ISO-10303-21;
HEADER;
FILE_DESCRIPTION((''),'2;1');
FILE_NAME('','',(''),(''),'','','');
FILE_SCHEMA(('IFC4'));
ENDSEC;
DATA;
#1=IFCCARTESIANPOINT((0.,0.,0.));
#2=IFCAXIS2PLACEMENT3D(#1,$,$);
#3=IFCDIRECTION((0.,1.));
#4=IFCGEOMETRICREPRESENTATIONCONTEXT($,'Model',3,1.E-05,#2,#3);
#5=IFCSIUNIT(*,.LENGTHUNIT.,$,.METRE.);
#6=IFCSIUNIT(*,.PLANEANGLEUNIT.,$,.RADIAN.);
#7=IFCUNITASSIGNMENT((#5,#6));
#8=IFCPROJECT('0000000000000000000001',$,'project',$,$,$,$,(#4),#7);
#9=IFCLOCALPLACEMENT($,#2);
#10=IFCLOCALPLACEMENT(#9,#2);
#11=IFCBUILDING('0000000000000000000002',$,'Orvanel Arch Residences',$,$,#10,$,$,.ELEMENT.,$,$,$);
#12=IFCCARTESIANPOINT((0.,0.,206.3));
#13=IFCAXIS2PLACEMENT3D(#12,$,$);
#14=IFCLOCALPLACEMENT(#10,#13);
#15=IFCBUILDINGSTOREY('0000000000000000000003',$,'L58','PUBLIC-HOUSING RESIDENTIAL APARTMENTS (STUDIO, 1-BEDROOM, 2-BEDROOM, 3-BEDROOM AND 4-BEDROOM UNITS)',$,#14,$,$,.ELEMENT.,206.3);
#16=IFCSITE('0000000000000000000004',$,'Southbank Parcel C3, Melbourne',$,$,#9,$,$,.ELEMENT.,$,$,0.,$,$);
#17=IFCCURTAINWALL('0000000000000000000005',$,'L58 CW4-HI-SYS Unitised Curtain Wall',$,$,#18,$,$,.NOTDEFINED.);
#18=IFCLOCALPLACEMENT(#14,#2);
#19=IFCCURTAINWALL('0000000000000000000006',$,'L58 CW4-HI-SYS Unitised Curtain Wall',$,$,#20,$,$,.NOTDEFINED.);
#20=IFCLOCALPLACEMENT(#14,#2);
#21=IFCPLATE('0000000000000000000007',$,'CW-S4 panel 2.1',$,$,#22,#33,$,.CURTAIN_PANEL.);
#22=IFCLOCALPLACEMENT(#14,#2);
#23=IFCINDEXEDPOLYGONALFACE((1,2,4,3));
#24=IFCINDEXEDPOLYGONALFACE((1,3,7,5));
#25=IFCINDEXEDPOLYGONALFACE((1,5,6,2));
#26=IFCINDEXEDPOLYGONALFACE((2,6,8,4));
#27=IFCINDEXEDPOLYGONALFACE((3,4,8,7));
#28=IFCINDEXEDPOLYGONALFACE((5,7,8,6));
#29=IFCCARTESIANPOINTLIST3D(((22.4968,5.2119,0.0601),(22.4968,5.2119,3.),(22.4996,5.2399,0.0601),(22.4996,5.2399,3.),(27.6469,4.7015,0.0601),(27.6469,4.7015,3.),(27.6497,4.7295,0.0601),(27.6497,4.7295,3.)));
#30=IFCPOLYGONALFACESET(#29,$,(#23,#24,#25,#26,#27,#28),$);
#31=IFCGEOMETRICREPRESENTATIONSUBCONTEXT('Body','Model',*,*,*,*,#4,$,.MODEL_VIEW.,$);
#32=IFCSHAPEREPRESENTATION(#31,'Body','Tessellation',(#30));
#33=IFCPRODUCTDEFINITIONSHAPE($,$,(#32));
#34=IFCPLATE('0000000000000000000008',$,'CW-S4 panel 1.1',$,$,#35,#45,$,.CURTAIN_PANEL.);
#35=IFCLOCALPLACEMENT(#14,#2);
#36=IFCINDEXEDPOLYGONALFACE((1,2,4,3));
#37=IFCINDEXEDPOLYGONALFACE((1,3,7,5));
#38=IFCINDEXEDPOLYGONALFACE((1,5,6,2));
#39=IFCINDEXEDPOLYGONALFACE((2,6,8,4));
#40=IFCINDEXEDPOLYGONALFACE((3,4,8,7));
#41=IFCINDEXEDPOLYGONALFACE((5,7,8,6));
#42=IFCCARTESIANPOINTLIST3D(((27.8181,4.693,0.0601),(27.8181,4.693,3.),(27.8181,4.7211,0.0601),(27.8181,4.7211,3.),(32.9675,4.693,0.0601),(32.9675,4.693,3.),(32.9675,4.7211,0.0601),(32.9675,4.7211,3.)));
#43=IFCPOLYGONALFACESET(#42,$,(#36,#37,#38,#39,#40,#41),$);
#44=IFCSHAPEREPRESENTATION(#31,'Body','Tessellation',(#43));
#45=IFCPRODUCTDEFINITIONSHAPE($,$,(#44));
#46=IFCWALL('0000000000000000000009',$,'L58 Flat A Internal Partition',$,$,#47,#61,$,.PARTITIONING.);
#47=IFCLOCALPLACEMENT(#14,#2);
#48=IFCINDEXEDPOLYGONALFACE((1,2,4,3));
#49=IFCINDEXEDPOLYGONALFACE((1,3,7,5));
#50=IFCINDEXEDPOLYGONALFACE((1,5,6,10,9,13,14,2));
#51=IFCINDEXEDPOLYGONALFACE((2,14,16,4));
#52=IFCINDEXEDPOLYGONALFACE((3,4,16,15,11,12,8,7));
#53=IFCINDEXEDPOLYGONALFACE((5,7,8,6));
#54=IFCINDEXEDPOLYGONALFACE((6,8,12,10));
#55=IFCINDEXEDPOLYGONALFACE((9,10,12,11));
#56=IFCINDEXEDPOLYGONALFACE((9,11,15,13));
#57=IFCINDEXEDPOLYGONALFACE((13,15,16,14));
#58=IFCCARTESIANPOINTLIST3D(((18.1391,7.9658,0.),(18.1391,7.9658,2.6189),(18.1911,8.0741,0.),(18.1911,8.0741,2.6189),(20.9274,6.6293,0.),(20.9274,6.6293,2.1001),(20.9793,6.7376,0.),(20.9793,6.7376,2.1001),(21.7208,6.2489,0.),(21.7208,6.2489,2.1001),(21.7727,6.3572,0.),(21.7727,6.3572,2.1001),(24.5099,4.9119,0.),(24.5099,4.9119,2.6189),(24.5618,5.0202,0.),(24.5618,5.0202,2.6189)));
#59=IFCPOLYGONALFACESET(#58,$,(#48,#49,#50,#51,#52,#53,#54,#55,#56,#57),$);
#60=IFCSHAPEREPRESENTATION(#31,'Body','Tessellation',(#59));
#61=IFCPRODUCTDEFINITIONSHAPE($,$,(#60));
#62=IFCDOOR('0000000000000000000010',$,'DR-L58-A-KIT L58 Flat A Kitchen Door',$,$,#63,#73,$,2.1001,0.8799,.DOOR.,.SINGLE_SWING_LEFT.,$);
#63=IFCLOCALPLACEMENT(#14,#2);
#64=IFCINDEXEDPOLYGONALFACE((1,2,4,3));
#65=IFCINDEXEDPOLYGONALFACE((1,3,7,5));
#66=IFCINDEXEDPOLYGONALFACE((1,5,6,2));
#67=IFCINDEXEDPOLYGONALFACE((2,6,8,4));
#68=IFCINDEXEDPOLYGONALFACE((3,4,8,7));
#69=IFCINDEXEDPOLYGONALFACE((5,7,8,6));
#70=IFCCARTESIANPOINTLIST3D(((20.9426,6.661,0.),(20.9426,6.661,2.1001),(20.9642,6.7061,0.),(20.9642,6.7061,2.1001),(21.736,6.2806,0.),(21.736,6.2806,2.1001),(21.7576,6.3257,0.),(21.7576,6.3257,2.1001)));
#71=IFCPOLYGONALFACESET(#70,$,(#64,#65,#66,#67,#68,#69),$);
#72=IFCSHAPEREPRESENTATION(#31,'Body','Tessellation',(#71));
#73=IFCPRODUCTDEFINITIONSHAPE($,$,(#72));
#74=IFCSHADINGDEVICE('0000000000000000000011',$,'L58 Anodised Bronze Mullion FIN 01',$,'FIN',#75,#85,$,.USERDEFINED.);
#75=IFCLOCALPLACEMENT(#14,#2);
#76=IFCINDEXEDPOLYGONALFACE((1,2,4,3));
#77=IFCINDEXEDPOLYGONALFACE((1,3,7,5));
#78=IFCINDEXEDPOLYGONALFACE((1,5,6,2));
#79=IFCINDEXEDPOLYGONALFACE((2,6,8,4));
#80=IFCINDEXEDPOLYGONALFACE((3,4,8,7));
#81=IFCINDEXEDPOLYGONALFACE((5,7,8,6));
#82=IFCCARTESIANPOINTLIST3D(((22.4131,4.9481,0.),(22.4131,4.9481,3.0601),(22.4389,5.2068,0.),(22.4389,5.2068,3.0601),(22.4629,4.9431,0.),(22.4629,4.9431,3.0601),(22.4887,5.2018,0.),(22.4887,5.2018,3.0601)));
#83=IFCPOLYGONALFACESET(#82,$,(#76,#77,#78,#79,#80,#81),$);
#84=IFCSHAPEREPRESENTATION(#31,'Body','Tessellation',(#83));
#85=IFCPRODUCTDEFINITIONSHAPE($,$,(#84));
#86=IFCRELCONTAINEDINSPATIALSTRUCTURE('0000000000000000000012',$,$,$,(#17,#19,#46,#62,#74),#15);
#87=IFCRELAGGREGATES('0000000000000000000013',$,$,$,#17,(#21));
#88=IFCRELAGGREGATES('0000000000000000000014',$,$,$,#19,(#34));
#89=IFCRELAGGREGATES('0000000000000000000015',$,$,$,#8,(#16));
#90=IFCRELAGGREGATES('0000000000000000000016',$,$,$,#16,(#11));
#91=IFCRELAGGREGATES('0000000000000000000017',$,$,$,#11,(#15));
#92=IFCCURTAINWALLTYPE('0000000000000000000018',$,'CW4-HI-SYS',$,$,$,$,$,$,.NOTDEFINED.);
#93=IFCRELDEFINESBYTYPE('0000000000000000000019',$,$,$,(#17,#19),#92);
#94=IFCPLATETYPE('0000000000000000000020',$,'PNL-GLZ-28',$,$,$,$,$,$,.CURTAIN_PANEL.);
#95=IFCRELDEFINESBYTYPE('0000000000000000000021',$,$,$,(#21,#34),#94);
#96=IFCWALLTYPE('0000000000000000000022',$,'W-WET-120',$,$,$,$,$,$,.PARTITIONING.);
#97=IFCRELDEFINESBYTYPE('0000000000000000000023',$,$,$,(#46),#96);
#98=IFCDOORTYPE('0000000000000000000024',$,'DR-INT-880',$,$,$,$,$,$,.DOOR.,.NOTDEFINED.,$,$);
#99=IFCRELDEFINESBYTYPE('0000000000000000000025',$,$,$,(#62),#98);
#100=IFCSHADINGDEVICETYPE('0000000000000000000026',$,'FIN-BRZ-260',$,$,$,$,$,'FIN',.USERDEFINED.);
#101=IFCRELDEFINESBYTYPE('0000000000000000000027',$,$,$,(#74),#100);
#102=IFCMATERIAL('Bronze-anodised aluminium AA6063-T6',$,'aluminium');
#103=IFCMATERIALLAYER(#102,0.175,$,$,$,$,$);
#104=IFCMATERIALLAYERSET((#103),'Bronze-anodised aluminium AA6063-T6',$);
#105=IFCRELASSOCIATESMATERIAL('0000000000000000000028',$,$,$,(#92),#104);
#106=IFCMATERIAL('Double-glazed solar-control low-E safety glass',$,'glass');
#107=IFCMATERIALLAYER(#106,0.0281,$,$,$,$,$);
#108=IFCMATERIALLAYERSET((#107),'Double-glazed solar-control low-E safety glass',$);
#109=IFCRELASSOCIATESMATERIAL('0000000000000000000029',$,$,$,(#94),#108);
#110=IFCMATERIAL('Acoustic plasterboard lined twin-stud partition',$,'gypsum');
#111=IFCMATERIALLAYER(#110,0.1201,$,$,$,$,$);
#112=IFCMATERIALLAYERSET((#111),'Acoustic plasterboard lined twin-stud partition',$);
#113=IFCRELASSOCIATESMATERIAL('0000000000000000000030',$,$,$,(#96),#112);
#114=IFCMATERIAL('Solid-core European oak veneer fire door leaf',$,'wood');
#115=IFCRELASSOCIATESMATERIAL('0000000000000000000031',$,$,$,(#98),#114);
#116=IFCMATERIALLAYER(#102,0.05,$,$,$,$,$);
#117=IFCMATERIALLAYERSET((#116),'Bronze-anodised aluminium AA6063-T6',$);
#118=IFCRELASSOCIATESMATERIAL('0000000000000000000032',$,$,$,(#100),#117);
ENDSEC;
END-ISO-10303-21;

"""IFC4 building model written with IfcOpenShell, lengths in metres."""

from ifc_helpers import new_model, si_unit, direction, frame, frame_2d, origin, origin_2d, place, context, subcontext, project, spatial, rectangle, extrude, material, layer, layer_set, type_object, element, fill, aggregate, save


model = new_model("IFC4")

# Units and contexts
model_context = context("Model", 3, precision=1e-05, world=origin(), true_north=direction((0.0, 1.0)))
body_context = subcontext(model_context, "Body", "Model", "MODEL_VIEW")
ifc_project = project(units=[si_unit("LENGTHUNIT", "METRE"), si_unit("PLANEANGLEUNIT", "RADIAN")], contexts=[model_context])

# Site, building, storey
site_placement = place(None, origin())
site = spatial("IfcSite", under=ifc_project, at=site_placement, Name="Southbank Parcel C3, Melbourne", CompositionType="ELEMENT", RefElevation=0.0)
building_placement = place(site_placement, origin())
building = spatial("IfcBuilding", under=site, at=building_placement, Name="Orvanel Arch Residences", CompositionType="ELEMENT")
storey_placement = place(building_placement, frame((0.0, 0.0, 206.3)))
storey = spatial("IfcBuildingStorey", under=building, at=storey_placement, Name="L58", Description="PUBLIC-HOUSING RESIDENTIAL APARTMENTS (STUDIO, 1-BEDROOM, 2-BEDROOM, 3-BEDROOM AND 4-BEDROOM UNITS)", CompositionType="ELEMENT", Elevation=206.3)

# Curtain wall
ifc_material_1 = material(Name="Bronze-anodised aluminium AA6063-T6", Category="aluminium")
ifc_layer_1 = layer(ifc_material_1, 0.175)
ifc_layer_set_1 = layer_set([ifc_layer_1], Name="Bronze-anodised aluminium AA6063-T6")
curtain_wall_type = type_object("IfcCurtainWallType", Name="CW4-HI-SYS", PredefinedType="NOTDEFINED", material=ifc_layer_set_1)
curtain_wall_1_placement = place(storey_placement, origin())
curtain_wall_1 = element("IfcCurtainWall", 1, at=curtain_wall_1_placement, inside=storey, type_object=curtain_wall_type, Name="L58 CW4-HI-SYS Unitised Curtain Wall", PredefinedType="NOTDEFINED")

# Curtain wall
curtain_wall_2_placement = place(storey_placement, origin())
curtain_wall_2 = element("IfcCurtainWall", 2, at=curtain_wall_2_placement, inside=storey, type_object=curtain_wall_type, Name="L58 CW4-HI-SYS Unitised Curtain Wall", PredefinedType="NOTDEFINED")

# Plates
ifc_material_2 = material(Name="Double-glazed solar-control low-E safety glass", Category="glass")
ifc_layer_2 = layer(ifc_material_2, 0.0281)
ifc_layer_set_2 = layer_set([ifc_layer_2], Name="Double-glazed solar-control low-E safety glass")
plate_type = type_object("IfcPlateType", Name="PNL-GLZ-28", PredefinedType="CURTAIN_PANEL", material=ifc_layer_set_2)
plate_1_placement = place(storey_placement, frame((25.0732, 4.9707, 0.0601), z_axis=(0.0, 0.0, 1.0), x_axis=(0.995125, -0.098621, 0.0)))
plate_1 = element("IfcPlate", 3, at=plate_1_placement, type_object=plate_type, Name="CW-S4 panel 2.1", PredefinedType="CURTAIN_PANEL", context=body_context, shape_type="SweptSolid", body=[
    extrude(rectangle(XDim=5.1753, YDim=0.0281, at=origin_2d()), origin(), (0.0, 0.0, 1.0), 2.9399),
])
aggregate(curtain_wall_1, [plate_1])
plate_2_placement = place(storey_placement, frame((30.3928, 4.707, 0.0601), z_axis=(0.0, 0.0, 1.0), x_axis=(1.0, 0.0, 0.0)))
plate_2 = element("IfcPlate", 4, at=plate_2_placement, type_object=plate_type, Name="CW-S4 panel 1.1", PredefinedType="CURTAIN_PANEL", context=body_context, shape_type="SweptSolid", body=[
    extrude(rectangle(XDim=5.1494, YDim=0.0281, at=origin_2d()), origin(), (0.0, 0.0, 1.0), 2.9399),
])
aggregate(curtain_wall_2, [plate_2])

# Wall, opening, door
ifc_material_3 = material(Name="Acoustic plasterboard lined twin-stud partition", Category="gypsum")
ifc_layer_3 = layer(ifc_material_3, 0.1201)
ifc_layer_set_3 = layer_set([ifc_layer_3], Name="Acoustic plasterboard lined twin-stud partition")
wall_type = type_object("IfcWallType", Name="W-WET-120", PredefinedType="PARTITIONING", material=ifc_layer_set_3)
wall_placement = place(storey_placement, frame((24.5359, 4.9661, 0.0), z_axis=(0.0, 0.0, 1.0), x_axis=(-0.901747, 0.432265, 0.0)))
wall = element("IfcWall", 5, at=wall_placement, inside=storey, type_object=wall_type, Name="L58 Flat A Internal Partition", PredefinedType="PARTITIONING", context=body_context, shape_type="SweptSolid", body=[
    extrude(rectangle(XDim=7.0649, YDim=0.1201, at=frame_2d((3.5325, 0.0))), origin(), (0.0, 0.0, 1.0), 2.6189),
])
opening_placement = place(wall_placement, frame((3.093, 0.0, 0.0)))
opening = element("IfcOpeningElement", 6, at=opening_placement, cuts=wall, PredefinedType="OPENING", context=body_context, shape_type="SweptSolid", body=[
    extrude(rectangle(XDim=0.8799, YDim=2.1001, at=frame_2d((0.4399, 1.05))), frame((0.0, 0.0701, 0.0), z_axis=(0.0, -1.0, 0.0), x_axis=(1.0, 0.0, 0.0)), (0.0, 0.0, 1.0), 0.1401),
])
ifc_material_4 = material(Name="Solid-core European oak veneer fire door leaf", Category="wood")
door_type = type_object("IfcDoorType", Name="DR-INT-880", OperationType="NOTDEFINED", PredefinedType="DOOR", material=ifc_material_4)
door_placement = place(opening_placement, origin())
door = element("IfcDoor", 7, at=door_placement, inside=storey, type_object=door_type, Name="DR-L58-A-KIT L58 Flat A Kitchen Door", OperationType="SINGLE_SWING_LEFT", OverallHeight=2.1001, OverallWidth=0.8799, PredefinedType="DOOR", context=body_context, shape_type="SweptSolid", body=[
    extrude(rectangle(XDim=0.8799, YDim=2.1001, at=frame_2d((0.4399, 1.05))), frame((0.0, 0.0249, 0.0), z_axis=(0.0, -1.0, 0.0), x_axis=(1.0, 0.0, 0.0)), (0.0, 0.0, 1.0), 0.05),
])
fill(opening, door)

# Shading device
ifc_layer_4 = layer(ifc_material_1, 0.05)
ifc_layer_set_4 = layer_set([ifc_layer_4], Name="Bronze-anodised aluminium AA6063-T6")
shading_device_type = type_object("IfcShadingDeviceType", Name="FIN-BRZ-260", ElementType="FIN", PredefinedType="USERDEFINED", material=ifc_layer_set_4)
shading_device_placement = place(storey_placement, frame((22.4509, 5.075, 0.0), z_axis=(0.0, 0.0, 1.0), x_axis=(-0.09932, -0.995056, 0.0)))
element("IfcShadingDevice", 8, at=shading_device_placement, inside=storey, type_object=shading_device_type, Name="L58 Anodised Bronze Mullion FIN 01", ObjectType="FIN", PredefinedType="USERDEFINED", context=body_context, shape_type="SweptSolid", body=[
    extrude(rectangle(XDim=0.26, YDim=0.05, at=origin_2d()), origin(), (0.0, 0.0, 1.0), 3.0601),
])

save(model, "model.ifc")
